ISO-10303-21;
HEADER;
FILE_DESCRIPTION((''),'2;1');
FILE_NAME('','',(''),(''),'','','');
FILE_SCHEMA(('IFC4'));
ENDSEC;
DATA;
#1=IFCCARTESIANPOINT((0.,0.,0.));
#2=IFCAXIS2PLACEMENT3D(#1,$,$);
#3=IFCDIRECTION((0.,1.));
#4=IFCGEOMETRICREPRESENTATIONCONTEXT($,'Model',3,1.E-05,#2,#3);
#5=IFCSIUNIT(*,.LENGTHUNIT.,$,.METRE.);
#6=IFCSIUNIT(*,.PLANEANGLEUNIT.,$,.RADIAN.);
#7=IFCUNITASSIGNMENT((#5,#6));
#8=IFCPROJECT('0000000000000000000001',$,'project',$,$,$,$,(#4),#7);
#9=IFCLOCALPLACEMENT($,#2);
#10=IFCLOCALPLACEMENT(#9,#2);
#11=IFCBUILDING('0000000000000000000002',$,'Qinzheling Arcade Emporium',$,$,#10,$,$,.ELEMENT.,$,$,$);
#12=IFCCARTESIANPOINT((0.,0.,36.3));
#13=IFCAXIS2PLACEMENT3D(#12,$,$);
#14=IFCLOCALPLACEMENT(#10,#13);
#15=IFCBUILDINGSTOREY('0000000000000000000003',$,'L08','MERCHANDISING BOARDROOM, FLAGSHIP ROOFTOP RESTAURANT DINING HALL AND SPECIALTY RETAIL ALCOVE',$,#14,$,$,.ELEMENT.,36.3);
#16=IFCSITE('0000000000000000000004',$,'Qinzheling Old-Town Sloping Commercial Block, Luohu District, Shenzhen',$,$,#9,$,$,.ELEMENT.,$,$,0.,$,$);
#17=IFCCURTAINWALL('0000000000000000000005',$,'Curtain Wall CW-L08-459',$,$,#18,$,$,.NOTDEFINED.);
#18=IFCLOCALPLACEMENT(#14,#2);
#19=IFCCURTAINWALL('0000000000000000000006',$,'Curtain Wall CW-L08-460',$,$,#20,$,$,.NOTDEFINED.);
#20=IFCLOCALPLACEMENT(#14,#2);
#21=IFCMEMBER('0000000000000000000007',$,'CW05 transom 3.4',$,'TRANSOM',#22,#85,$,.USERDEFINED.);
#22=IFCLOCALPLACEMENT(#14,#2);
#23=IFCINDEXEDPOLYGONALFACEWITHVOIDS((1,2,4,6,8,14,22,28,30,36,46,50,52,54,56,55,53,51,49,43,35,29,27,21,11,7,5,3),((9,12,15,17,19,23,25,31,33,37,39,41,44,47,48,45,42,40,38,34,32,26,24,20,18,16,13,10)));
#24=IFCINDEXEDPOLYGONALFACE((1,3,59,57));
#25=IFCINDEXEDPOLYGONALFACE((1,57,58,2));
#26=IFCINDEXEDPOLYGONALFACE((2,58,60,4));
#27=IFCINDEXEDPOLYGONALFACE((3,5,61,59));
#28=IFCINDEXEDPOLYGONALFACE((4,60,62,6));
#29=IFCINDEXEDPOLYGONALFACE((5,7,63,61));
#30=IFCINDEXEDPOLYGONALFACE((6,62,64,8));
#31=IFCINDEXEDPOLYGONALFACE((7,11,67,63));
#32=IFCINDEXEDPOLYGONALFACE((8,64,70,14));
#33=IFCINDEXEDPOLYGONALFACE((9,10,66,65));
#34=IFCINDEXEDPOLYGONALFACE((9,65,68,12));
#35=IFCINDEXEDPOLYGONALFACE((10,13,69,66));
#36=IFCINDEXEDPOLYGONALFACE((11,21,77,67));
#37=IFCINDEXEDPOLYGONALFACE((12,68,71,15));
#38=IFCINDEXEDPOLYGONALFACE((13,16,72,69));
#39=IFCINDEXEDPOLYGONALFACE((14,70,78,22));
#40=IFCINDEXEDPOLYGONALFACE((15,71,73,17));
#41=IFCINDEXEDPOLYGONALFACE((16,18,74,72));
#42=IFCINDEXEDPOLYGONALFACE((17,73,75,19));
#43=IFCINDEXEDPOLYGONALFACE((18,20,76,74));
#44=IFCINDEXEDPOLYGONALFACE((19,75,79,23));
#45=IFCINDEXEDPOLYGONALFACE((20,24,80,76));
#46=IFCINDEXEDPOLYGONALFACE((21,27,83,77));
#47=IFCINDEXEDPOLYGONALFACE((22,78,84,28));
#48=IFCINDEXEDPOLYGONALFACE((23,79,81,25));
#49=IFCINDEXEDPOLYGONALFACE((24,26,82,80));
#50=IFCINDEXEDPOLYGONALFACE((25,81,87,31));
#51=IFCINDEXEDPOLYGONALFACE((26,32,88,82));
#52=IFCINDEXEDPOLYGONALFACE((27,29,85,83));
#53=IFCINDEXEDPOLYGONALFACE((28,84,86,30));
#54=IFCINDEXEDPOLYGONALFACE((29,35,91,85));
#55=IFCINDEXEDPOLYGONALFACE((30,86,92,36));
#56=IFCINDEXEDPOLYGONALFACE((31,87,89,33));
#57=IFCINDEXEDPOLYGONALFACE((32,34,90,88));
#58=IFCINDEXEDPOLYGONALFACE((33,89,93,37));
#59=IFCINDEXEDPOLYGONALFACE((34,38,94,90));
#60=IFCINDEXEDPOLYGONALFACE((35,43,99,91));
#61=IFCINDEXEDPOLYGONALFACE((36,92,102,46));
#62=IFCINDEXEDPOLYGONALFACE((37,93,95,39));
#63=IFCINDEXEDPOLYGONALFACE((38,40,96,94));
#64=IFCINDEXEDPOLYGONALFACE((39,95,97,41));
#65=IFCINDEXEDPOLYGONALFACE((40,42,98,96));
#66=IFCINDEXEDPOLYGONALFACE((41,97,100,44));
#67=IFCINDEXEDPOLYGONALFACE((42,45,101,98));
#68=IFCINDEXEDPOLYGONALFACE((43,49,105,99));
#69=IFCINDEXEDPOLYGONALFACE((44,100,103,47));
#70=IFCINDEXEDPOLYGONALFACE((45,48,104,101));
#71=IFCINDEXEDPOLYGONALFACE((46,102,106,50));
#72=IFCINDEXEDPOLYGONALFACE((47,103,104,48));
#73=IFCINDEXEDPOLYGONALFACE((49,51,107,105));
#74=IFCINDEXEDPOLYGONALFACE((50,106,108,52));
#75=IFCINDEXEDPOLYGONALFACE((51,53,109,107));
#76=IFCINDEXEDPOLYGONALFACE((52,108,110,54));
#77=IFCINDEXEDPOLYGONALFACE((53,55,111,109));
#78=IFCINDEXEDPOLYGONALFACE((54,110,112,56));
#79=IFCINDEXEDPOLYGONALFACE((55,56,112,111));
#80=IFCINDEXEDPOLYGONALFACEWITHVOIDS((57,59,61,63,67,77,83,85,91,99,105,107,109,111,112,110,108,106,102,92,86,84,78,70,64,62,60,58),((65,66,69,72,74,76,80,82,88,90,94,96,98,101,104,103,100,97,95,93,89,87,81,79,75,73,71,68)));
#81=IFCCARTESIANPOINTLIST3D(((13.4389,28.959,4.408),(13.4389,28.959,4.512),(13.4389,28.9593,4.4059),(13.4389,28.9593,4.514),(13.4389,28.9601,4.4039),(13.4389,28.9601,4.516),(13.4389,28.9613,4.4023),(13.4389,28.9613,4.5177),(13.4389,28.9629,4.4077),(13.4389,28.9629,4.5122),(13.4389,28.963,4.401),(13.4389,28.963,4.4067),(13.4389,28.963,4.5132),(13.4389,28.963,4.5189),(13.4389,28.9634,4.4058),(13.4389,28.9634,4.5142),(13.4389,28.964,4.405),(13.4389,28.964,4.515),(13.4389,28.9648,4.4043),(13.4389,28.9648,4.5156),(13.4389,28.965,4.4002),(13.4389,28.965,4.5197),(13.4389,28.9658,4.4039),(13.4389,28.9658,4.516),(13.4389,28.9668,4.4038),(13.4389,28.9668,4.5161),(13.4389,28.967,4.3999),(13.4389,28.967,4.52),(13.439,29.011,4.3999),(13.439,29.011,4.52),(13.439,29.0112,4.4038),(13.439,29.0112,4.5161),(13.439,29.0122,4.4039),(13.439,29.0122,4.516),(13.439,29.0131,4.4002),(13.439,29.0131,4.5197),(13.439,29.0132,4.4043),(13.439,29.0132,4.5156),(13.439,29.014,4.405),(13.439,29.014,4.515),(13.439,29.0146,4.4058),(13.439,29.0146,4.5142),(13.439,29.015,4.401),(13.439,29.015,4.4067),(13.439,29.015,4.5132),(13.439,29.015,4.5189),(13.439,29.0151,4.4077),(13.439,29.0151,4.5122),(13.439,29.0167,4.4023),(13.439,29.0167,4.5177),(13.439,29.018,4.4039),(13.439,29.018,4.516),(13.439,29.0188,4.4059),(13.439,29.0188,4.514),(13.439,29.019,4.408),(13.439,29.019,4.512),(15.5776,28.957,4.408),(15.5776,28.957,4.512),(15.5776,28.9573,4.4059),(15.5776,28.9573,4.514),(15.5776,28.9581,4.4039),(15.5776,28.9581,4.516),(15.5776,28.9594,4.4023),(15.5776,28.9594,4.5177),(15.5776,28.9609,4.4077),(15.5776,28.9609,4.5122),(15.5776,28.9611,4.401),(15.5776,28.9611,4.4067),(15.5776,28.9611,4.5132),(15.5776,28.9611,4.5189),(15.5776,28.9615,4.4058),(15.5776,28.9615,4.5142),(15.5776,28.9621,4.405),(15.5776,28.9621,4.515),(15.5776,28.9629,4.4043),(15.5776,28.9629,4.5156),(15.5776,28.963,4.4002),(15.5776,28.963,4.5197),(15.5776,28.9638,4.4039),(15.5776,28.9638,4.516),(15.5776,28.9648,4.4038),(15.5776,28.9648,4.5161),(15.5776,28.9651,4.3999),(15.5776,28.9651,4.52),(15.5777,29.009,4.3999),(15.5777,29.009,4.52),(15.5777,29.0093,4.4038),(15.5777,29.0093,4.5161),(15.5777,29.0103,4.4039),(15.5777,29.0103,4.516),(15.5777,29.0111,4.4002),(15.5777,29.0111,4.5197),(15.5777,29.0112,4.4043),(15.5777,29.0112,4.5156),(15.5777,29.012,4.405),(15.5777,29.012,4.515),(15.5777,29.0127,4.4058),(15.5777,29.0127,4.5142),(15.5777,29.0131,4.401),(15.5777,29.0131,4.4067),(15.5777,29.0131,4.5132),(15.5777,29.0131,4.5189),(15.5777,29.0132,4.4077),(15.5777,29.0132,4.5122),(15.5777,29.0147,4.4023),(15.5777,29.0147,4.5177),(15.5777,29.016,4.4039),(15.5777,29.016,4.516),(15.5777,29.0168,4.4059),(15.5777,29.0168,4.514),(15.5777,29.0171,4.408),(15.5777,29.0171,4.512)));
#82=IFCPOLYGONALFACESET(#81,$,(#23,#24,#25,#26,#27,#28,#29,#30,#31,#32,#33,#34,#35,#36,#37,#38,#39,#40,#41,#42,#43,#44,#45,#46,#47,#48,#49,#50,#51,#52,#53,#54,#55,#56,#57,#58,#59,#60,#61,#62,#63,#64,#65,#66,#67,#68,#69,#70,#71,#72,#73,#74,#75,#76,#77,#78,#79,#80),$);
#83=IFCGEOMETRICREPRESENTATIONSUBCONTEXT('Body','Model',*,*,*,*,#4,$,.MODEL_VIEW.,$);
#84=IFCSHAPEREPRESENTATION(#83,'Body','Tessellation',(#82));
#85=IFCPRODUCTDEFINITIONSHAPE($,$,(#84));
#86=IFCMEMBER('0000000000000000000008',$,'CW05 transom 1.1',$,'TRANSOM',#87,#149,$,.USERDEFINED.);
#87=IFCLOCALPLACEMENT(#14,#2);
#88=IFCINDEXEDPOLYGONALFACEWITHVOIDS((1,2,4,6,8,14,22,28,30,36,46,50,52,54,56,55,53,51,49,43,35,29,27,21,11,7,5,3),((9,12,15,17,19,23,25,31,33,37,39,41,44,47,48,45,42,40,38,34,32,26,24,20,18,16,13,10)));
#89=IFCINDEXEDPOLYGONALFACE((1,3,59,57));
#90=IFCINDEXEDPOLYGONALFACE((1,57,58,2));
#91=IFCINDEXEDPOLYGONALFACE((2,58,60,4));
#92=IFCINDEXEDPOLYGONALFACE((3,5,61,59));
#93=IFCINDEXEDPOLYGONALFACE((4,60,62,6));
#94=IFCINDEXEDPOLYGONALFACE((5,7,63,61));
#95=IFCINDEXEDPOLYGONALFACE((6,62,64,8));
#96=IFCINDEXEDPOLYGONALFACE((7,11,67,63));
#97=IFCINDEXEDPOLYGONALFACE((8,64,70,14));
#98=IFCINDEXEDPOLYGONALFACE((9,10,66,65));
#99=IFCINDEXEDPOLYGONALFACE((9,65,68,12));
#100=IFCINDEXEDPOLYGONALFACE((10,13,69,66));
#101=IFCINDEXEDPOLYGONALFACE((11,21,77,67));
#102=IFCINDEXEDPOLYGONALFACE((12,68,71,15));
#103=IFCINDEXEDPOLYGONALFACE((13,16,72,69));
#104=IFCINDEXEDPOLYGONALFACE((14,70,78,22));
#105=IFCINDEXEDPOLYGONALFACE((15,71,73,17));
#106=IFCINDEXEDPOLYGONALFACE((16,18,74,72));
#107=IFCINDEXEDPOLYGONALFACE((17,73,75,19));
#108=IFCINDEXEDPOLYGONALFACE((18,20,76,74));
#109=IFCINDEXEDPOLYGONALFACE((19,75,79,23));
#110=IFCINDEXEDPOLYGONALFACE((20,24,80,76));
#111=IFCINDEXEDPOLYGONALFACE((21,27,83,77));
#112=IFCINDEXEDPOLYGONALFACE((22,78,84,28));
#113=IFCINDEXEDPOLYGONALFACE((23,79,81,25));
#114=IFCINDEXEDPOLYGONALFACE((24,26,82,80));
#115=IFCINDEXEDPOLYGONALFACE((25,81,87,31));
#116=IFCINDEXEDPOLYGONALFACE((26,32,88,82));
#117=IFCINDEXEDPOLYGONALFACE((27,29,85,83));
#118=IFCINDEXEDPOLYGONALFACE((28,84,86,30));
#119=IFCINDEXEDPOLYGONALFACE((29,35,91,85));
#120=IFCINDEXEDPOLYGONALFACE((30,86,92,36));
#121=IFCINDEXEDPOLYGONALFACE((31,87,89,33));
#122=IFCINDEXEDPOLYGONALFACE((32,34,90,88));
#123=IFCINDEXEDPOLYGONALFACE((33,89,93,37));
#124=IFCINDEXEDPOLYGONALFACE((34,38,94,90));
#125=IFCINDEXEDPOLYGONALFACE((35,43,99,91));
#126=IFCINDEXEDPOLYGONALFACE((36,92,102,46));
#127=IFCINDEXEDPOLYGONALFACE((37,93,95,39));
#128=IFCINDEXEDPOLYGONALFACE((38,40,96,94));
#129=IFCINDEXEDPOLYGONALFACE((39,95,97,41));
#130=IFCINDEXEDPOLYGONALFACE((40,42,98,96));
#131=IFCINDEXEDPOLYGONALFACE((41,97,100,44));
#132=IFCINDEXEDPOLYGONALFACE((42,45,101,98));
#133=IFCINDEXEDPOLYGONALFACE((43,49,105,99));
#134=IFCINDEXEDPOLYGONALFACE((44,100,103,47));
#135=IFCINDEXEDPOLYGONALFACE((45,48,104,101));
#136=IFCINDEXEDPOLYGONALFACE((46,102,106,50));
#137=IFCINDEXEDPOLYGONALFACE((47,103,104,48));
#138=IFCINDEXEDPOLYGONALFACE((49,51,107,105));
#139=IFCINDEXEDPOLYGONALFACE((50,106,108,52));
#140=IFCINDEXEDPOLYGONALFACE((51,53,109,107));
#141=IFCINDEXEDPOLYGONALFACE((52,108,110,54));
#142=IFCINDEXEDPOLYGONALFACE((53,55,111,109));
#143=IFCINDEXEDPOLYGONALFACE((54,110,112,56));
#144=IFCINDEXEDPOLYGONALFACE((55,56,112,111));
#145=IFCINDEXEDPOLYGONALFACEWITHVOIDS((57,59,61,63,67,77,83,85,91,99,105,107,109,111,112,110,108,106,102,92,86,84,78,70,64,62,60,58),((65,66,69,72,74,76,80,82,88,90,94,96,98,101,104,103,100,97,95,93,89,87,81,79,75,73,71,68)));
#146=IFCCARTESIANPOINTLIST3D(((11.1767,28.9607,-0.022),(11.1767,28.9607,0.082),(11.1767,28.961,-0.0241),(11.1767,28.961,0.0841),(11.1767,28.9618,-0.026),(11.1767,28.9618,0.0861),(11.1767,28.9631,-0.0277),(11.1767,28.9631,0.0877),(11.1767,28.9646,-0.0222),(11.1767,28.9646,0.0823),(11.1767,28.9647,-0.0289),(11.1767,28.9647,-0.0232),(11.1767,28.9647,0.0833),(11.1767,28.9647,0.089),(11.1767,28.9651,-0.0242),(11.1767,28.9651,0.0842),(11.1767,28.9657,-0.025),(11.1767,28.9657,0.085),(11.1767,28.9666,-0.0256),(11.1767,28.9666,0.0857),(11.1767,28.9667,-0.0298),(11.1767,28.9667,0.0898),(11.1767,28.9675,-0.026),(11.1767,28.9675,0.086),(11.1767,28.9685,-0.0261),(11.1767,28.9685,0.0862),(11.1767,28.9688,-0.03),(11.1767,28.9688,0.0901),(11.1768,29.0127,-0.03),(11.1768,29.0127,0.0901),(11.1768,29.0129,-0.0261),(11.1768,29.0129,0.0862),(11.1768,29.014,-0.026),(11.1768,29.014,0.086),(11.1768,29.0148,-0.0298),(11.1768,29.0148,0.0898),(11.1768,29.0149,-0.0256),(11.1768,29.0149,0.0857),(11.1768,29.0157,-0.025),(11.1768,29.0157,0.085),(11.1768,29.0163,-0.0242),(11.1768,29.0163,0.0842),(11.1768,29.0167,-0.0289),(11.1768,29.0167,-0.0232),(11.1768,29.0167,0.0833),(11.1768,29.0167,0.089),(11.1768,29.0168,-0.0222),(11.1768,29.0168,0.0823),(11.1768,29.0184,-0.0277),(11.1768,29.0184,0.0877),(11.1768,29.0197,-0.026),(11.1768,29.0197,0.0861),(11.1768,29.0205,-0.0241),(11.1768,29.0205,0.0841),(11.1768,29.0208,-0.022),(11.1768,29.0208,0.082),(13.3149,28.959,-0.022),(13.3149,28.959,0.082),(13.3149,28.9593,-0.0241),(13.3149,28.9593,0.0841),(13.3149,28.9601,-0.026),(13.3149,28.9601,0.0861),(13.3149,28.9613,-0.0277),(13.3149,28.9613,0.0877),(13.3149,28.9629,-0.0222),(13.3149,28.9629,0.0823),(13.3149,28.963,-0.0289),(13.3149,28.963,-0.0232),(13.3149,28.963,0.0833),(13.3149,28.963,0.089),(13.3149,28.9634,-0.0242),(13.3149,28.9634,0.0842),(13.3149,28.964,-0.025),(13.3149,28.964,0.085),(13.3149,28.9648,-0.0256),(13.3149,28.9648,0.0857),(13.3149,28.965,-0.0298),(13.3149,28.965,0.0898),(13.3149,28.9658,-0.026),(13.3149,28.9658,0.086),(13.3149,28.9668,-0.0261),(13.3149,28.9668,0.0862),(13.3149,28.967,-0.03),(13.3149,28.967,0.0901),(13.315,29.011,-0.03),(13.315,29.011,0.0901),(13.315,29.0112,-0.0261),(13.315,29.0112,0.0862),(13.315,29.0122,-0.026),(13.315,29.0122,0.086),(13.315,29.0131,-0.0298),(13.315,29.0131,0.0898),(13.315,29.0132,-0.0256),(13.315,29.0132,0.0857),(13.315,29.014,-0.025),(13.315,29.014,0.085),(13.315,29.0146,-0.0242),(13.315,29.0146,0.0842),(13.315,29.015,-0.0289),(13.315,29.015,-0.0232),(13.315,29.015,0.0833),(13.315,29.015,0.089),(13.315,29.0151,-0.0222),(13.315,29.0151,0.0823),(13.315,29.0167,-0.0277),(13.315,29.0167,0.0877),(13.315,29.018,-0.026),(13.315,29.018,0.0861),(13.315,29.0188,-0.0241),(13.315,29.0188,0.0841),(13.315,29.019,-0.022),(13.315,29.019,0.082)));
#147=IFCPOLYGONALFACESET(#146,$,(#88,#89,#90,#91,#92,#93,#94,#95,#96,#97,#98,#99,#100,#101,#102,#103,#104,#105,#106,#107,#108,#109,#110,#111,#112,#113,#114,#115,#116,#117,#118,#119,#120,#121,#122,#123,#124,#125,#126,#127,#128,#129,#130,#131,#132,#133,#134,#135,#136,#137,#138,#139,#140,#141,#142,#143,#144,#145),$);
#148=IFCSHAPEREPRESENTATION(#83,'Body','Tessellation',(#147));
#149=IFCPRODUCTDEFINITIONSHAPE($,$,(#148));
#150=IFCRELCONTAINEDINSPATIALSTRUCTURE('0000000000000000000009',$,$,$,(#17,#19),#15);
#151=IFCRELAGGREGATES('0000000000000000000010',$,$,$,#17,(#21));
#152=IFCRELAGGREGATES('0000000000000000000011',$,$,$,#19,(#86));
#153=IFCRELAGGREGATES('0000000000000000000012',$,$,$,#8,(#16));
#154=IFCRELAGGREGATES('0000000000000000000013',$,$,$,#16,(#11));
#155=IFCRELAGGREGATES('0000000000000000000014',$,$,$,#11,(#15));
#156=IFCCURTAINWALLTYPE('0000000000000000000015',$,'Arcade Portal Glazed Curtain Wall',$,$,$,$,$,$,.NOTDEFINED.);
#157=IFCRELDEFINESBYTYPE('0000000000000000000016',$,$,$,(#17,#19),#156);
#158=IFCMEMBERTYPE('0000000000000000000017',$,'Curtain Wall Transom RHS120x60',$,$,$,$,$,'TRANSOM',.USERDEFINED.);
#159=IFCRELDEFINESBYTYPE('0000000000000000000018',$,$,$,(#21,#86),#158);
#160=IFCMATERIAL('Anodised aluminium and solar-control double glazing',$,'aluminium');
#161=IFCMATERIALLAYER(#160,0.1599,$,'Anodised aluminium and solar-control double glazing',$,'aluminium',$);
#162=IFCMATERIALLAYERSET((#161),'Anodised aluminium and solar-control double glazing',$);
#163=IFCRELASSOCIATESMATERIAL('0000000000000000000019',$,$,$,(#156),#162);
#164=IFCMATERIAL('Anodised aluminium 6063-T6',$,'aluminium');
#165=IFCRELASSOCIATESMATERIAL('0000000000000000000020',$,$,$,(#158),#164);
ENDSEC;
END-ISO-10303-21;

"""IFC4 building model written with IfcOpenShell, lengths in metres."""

from ifc_helpers import new_model, si_unit, direction, frame, origin, origin_2d, place, context, subcontext, project, spatial, hollow_rectangle, extrude, material, layer, layer_set, material_profile, profile_set, type_object, element, aggregate, save


model = new_model("IFC4")

# Units and contexts
model_context = context("Model", 3, precision=1e-05, world=origin(), true_north=direction((0.0, 1.0)))
body_context = subcontext(model_context, "Body", "Model", "MODEL_VIEW")
ifc_project = project(units=[si_unit("LENGTHUNIT", "METRE"), si_unit("PLANEANGLEUNIT", "RADIAN")], contexts=[model_context])

# Site, building, storey
site_placement = place(None, origin())
site = spatial("IfcSite", under=ifc_project, at=site_placement, Name="Qinzheling Old-Town Sloping Commercial Block, Luohu District, Shenzhen", CompositionType="ELEMENT", RefElevation=0.0)
building_placement = place(site_placement, origin())
building = spatial("IfcBuilding", under=site, at=building_placement, Name="Qinzheling Arcade Emporium", CompositionType="ELEMENT")
storey_placement = place(building_placement, frame((0.0, 0.0, 36.3)))
storey = spatial("IfcBuildingStorey", under=building, at=storey_placement, Name="L08", Description="MERCHANDISING BOARDROOM, FLAGSHIP ROOFTOP RESTAURANT DINING HALL AND SPECIALTY RETAIL ALCOVE", CompositionType="ELEMENT", Elevation=36.3)

# Curtain wall
ifc_material_1 = material(Name="Anodised aluminium and solar-control double glazing", Category="aluminium")
ifc_layer_1 = layer(ifc_material_1, 0.1599, Name="Anodised aluminium and solar-control double glazing", Category="aluminium")
ifc_layer_set_1 = layer_set([ifc_layer_1], Name="Anodised aluminium and solar-control double glazing")
curtain_wall_type = type_object("IfcCurtainWallType", Name="Arcade Portal Glazed Curtain Wall", PredefinedType="NOTDEFINED", material=ifc_layer_set_1)
curtain_wall_1_placement = place(storey_placement, origin())
curtain_wall_1 = element("IfcCurtainWall", 1, at=curtain_wall_1_placement, inside=storey, type_object=curtain_wall_type, Name="Curtain Wall CW-L08-459", PredefinedType="NOTDEFINED")
ifc_material_2 = material(Name="Anodised aluminium 6063-T6", Category="aluminium")

# Curtain wall
curtain_wall_2_placement = place(storey_placement, origin())
curtain_wall_2 = element("IfcCurtainWall", 2, at=curtain_wall_2_placement, inside=storey, type_object=curtain_wall_type, Name="Curtain Wall CW-L08-460", PredefinedType="NOTDEFINED")

# Members
ifc_material_profile_1 = material_profile(ifc_material_2, hollow_rectangle(XDim=0.0601, YDim=0.1201, WallThickness=0.0039, InnerFilletRadius=0.0039, OuterFilletRadius=0.0081, at=origin_2d()), Name="RHS 120x60x4", Category="aluminium")
ifc_profile_set_1 = profile_set([ifc_material_profile_1], Name="Anodised aluminium 6063-T6")
member_type_1 = type_object("IfcMemberType", Name="Curtain Wall Transom RHS120x60", ElementType="TRANSOM", PredefinedType="USERDEFINED", material=ifc_profile_set_1)
member_1_placement = place(storey_placement, frame((15.5776, 28.9871, 4.46), z_axis=(-1.0, 0.000913, 0.0), x_axis=(-0.000913, -1.0, 0.0)))
member_1 = element("IfcMember", 3, at=member_1_placement, type_object=member_type_1, Name="CW05 transom 3.4", ObjectType="TRANSOM", PredefinedType="USERDEFINED", context=body_context, shape_type="SweptSolid", body=[
    extrude(hollow_rectangle(XDim=0.0601, YDim=0.1201, WallThickness=0.0039, InnerFilletRadius=0.0039, OuterFilletRadius=0.0081, at=origin_2d()), origin(), (0.0, 0.0, 1.0), 2.1387),
])
member_2_placement = place(storey_placement, frame((13.3149, 28.989, 0.03), z_axis=(-1.0, 0.000799, 0.0), x_axis=(-0.000799, -1.0, 0.0)))
member_2 = element("IfcMember", 4, at=member_2_placement, type_object=member_type_1, Name="CW05 transom 1.1", ObjectType="TRANSOM", PredefinedType="USERDEFINED", context=body_context, shape_type="SweptSolid", body=[
    extrude(hollow_rectangle(XDim=0.0601, YDim=0.1201, WallThickness=0.0039, InnerFilletRadius=0.0039, OuterFilletRadius=0.0081, at=origin_2d()), origin(), (0.0, 0.0, 1.0), 2.1382),
])

aggregate(curtain_wall_1, [member_1])
aggregate(curtain_wall_2, [member_2])

save(model, "model.ifc")
